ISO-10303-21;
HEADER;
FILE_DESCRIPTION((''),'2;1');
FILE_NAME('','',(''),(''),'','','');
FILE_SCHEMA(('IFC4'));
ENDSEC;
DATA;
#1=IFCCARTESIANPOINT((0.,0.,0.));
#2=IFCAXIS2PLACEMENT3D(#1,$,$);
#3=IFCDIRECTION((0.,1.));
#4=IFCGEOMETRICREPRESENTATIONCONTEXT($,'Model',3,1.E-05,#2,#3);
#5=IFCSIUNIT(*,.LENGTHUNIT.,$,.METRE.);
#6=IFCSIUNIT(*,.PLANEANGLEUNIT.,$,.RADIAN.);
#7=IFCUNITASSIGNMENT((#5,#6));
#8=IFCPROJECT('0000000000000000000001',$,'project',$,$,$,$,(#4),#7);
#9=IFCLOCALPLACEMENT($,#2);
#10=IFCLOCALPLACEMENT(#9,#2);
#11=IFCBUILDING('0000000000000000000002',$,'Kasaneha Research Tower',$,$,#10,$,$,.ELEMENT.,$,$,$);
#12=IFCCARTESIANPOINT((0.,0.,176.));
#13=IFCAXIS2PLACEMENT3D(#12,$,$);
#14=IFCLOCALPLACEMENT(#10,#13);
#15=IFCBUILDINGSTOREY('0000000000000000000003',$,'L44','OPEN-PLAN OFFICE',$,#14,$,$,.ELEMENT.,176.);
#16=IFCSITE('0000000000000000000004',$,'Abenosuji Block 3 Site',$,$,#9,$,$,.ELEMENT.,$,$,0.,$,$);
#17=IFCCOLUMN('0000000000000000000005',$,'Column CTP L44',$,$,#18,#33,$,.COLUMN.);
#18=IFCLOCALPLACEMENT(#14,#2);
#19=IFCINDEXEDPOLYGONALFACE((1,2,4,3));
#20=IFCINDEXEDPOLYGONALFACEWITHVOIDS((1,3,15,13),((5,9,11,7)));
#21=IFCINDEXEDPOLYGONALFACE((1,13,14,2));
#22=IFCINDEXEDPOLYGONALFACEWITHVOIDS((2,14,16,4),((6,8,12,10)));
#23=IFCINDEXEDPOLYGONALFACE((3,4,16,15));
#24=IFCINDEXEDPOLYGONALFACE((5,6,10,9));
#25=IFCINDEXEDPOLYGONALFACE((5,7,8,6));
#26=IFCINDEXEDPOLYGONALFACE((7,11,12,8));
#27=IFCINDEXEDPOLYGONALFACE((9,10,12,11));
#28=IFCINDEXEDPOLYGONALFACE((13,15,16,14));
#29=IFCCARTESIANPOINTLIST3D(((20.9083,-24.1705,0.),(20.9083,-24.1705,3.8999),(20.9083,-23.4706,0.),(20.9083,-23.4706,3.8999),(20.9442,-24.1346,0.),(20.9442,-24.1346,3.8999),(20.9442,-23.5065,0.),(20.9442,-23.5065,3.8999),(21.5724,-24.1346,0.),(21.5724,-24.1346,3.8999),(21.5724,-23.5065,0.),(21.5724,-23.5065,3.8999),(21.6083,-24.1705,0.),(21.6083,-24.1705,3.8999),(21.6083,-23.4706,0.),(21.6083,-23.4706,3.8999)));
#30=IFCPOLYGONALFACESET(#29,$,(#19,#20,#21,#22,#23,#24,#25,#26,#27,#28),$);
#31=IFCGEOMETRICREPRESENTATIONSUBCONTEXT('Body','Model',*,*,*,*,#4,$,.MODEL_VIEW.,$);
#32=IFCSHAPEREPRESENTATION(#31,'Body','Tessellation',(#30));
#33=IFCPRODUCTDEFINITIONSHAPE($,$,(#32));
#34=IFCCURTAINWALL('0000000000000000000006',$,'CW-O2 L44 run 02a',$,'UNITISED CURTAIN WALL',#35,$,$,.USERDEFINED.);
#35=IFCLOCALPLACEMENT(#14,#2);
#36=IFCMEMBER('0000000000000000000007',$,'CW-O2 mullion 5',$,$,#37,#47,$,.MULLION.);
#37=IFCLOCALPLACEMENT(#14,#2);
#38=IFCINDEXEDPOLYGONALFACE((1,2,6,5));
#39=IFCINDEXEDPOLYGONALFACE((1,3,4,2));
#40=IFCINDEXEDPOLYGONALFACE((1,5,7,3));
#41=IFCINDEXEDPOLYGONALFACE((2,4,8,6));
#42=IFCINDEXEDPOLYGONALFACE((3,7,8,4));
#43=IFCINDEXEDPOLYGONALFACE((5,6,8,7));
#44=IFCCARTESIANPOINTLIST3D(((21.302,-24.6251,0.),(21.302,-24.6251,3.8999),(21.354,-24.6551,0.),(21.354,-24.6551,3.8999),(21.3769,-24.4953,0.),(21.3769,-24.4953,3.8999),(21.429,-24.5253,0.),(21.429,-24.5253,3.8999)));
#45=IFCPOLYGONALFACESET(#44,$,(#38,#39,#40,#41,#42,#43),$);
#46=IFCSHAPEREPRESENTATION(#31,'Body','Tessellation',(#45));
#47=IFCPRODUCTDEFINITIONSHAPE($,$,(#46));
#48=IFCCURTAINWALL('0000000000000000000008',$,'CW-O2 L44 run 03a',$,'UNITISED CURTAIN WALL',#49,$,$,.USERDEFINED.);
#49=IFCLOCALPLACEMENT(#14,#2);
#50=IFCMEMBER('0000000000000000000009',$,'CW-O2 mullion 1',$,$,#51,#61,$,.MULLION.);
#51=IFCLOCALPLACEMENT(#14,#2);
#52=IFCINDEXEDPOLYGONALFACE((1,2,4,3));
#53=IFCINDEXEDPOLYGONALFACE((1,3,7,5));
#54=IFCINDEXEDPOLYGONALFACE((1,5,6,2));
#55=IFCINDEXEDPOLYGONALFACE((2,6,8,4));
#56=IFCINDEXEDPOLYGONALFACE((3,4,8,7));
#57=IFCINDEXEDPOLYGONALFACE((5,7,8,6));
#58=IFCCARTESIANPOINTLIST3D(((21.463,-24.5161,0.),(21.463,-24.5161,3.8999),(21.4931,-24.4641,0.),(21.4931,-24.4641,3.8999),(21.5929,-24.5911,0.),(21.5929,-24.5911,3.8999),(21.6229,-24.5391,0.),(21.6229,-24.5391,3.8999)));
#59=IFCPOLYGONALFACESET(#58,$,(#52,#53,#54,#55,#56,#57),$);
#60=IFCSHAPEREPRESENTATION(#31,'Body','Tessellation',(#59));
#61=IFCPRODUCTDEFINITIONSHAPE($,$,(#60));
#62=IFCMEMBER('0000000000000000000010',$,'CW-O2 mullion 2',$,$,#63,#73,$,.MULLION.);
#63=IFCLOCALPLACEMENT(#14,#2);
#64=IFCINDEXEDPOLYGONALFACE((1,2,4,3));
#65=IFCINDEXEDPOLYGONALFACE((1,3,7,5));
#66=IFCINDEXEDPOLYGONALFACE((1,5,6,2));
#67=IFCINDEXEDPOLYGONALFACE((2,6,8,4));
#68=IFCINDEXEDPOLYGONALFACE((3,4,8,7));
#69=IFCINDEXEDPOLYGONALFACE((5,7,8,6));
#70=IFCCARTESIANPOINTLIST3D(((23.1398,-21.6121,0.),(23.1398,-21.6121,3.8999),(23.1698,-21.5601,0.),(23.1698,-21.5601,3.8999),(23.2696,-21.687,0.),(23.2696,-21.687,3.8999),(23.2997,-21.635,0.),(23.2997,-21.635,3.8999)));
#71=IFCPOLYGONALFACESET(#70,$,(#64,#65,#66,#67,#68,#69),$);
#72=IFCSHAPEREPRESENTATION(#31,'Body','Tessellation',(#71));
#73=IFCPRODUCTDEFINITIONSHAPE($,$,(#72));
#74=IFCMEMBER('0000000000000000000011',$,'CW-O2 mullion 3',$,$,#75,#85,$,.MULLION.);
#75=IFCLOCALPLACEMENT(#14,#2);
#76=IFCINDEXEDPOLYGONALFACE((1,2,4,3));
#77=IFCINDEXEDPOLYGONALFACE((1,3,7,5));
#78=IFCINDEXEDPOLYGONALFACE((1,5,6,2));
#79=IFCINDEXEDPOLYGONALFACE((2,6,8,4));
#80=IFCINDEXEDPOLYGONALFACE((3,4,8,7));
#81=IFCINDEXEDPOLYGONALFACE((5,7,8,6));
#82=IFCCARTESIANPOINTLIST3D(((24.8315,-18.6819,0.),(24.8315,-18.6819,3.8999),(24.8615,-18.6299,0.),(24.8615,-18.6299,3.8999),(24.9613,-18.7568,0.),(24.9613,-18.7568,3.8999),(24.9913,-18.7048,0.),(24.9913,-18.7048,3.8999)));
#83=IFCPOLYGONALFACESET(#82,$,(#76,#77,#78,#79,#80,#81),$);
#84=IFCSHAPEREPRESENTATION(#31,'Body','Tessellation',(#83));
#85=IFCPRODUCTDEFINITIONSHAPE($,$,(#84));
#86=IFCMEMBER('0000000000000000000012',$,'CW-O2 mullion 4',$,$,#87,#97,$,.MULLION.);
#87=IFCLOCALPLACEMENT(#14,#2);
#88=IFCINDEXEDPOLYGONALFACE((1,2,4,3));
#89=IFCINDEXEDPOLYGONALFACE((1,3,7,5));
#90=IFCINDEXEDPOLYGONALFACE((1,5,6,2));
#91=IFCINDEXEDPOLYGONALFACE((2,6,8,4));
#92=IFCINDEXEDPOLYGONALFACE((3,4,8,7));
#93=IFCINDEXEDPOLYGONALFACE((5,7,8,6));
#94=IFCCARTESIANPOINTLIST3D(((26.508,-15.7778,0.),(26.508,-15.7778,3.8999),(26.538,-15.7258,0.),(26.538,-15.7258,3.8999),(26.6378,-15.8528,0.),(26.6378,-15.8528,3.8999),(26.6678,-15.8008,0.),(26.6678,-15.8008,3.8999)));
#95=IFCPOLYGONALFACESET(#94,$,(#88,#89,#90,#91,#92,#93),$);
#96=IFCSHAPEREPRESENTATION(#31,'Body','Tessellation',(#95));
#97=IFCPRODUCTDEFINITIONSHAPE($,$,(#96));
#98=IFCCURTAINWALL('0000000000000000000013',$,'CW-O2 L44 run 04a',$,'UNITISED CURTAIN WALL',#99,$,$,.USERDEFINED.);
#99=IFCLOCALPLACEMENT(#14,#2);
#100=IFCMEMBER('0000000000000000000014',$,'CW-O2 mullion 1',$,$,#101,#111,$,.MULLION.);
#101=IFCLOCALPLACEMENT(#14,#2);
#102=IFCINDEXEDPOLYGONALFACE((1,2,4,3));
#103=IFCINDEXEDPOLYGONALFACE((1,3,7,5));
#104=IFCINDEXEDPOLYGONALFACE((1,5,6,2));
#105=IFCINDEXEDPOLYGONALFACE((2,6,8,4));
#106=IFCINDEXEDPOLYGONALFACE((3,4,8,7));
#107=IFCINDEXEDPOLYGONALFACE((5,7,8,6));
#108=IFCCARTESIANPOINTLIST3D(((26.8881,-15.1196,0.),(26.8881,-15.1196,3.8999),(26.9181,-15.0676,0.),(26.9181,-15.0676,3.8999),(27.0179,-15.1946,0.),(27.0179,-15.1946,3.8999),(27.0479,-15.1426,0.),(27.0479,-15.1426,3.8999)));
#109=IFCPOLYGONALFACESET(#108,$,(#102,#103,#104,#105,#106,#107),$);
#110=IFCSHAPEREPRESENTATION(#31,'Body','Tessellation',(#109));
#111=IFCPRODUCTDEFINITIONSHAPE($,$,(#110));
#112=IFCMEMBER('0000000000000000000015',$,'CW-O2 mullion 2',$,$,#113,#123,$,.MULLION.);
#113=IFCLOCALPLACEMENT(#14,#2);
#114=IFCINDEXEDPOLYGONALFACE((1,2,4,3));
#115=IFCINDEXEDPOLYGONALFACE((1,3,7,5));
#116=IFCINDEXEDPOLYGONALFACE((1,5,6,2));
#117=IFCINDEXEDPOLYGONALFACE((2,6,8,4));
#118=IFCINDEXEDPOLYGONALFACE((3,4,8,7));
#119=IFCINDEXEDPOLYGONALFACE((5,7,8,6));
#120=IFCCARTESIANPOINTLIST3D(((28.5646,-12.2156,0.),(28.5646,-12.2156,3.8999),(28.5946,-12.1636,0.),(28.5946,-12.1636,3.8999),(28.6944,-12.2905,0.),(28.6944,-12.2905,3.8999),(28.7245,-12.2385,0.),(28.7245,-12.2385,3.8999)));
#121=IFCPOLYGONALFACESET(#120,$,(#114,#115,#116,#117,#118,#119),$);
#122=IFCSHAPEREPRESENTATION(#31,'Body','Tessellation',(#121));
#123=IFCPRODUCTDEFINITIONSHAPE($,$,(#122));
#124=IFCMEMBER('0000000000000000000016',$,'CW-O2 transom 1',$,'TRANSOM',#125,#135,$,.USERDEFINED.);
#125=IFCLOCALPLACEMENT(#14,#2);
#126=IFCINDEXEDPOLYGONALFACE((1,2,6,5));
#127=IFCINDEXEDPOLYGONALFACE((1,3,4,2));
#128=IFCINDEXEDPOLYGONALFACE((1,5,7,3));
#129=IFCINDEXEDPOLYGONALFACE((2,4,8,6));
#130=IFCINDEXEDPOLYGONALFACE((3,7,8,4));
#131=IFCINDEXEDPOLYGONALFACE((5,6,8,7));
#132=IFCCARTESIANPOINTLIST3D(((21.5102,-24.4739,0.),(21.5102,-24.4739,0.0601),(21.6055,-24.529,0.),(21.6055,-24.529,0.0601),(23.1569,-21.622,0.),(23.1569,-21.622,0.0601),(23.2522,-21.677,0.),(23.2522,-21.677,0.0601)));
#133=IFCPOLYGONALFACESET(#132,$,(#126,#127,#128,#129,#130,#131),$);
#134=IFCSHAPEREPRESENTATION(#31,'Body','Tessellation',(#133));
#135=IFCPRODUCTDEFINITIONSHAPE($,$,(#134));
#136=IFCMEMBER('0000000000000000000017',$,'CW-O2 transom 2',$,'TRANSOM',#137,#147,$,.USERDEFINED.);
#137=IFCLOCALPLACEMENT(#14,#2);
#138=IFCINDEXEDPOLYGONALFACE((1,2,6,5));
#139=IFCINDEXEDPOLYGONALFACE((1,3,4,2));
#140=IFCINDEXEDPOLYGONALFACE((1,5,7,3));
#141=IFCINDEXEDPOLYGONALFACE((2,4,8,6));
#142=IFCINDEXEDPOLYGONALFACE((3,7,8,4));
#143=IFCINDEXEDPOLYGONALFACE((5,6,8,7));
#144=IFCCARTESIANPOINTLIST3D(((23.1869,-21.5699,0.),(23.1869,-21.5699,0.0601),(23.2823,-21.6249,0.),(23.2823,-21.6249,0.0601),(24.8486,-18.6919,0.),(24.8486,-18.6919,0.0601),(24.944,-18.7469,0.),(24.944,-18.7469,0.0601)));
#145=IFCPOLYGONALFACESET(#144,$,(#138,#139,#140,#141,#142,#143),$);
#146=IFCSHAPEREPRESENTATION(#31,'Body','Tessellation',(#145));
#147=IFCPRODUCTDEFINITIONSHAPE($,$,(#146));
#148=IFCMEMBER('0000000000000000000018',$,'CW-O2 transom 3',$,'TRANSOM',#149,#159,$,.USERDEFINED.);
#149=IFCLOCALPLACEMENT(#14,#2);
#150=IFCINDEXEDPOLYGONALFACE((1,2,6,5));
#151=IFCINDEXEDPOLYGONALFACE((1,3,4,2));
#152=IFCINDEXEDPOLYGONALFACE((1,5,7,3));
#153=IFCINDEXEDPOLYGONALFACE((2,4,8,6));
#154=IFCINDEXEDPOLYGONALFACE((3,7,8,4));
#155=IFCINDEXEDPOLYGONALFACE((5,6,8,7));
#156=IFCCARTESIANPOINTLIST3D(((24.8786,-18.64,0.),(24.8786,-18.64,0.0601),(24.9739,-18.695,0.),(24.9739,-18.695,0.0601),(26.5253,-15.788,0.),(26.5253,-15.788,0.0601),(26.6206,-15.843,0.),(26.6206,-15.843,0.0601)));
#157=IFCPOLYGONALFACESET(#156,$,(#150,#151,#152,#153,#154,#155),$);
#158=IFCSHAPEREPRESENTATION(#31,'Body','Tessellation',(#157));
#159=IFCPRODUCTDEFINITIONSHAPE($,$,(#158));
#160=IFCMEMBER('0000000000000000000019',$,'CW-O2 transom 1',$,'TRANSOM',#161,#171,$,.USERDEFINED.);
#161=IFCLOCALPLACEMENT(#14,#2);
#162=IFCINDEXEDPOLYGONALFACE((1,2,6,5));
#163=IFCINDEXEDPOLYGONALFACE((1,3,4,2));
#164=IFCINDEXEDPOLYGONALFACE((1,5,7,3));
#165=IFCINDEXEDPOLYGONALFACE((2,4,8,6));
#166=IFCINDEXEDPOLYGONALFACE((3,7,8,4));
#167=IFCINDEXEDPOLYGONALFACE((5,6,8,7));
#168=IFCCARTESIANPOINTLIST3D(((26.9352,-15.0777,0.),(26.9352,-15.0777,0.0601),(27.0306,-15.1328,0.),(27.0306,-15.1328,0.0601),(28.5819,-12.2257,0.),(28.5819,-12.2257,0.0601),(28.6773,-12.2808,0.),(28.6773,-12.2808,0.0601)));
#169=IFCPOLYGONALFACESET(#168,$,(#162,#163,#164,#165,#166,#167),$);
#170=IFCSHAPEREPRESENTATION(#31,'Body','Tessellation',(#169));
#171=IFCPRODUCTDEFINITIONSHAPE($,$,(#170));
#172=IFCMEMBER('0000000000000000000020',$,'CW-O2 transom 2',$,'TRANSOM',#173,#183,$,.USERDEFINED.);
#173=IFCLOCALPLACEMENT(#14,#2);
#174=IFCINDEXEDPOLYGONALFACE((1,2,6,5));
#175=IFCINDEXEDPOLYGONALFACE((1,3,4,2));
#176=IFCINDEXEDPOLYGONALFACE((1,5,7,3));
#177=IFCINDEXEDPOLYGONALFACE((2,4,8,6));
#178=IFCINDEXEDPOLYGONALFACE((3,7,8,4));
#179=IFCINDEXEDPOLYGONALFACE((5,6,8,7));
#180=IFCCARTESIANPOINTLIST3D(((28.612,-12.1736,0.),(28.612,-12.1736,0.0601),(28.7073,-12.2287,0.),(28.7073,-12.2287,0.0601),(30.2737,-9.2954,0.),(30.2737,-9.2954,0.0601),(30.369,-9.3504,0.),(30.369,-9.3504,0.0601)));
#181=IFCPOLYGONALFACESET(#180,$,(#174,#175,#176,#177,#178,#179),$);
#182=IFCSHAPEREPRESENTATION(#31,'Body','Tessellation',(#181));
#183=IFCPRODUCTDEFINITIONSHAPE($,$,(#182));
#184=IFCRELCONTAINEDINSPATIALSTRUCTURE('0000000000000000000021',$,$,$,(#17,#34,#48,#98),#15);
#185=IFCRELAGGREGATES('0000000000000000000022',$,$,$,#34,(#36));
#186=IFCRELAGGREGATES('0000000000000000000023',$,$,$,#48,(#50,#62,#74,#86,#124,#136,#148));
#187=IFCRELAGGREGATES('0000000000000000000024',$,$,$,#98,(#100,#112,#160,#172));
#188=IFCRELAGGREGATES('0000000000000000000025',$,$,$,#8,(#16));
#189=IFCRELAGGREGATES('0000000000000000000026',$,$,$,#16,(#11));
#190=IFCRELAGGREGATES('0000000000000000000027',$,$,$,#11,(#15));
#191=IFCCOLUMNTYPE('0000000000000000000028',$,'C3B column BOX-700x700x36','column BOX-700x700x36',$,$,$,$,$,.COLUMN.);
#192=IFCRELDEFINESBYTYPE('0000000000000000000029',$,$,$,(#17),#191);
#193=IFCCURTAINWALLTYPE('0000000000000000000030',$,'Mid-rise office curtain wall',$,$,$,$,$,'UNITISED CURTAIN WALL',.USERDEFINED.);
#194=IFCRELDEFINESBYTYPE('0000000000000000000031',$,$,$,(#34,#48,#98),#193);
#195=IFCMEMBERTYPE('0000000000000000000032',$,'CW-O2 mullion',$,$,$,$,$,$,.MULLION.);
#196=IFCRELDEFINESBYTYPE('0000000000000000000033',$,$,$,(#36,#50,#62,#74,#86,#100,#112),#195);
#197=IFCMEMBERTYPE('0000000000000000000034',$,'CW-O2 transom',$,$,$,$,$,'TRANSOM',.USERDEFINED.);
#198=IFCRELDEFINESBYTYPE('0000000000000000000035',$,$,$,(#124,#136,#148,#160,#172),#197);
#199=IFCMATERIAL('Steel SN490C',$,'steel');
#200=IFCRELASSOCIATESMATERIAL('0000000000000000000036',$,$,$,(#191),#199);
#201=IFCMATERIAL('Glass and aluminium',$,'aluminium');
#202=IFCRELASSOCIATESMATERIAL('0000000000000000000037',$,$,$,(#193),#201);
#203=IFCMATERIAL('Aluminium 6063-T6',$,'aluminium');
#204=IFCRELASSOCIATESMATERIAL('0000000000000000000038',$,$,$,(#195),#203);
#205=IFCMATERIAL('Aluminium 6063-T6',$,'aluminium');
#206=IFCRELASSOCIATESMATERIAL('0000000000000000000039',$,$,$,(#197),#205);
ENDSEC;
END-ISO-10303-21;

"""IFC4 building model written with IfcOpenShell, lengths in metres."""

from ifc_helpers import new_model, si_unit, direction, frame, origin, origin_2d, place, context, subcontext, project, spatial, rectangle, hollow_rectangle, extrude, material, material_profile, profile_set, type_object, element, aggregate, save


model = new_model("IFC4")

# Units and contexts
model_context = context("Model", 3, precision=1e-05, world=origin(), true_north=direction((0.0, 1.0)))
body_context = subcontext(model_context, "Body", "Model", "MODEL_VIEW")
ifc_project = project(units=[si_unit("LENGTHUNIT", "METRE"), si_unit("PLANEANGLEUNIT", "RADIAN")], contexts=[model_context])

# Site, building, storey
site_placement = place(None, origin())
site = spatial("IfcSite", under=ifc_project, at=site_placement, Name="Abenosuji Block 3 Site", CompositionType="ELEMENT", RefElevation=0.0)
building_placement = place(site_placement, origin())
building = spatial("IfcBuilding", under=site, at=building_placement, Name="Kasaneha Research Tower", CompositionType="ELEMENT")
storey_placement = place(building_placement, frame((0.0, 0.0, 176.0)))
storey = spatial("IfcBuildingStorey", under=building, at=storey_placement, Name="L44", Description="OPEN-PLAN OFFICE", CompositionType="ELEMENT", Elevation=176.0)

# Column
ifc_material_1 = material(Name="Steel SN490C", Category="steel")
ifc_material_profile_1 = material_profile(ifc_material_1, hollow_rectangle(XDim=0.7, YDim=0.7, WallThickness=0.0359, at=origin_2d()), Name="BOX-700x700x36")
ifc_profile_set_1 = profile_set([ifc_material_profile_1], Name="Steel SN490C")
column_type = type_object("IfcColumnType", Name="C3B column BOX-700x700x36", Description="column BOX-700x700x36", PredefinedType="COLUMN", material=ifc_profile_set_1)
column_placement = place(storey_placement, frame((21.2583, -23.8206, 0.0), z_axis=(0.0, 0.0, 1.0), x_axis=(1.0, 0.0, 0.0)))
element("IfcColumn", 1, at=column_placement, inside=storey, type_object=column_type, Name="Column CTP L44", PredefinedType="COLUMN", context=body_context, shape_type="SweptSolid", body=[
    extrude(hollow_rectangle(XDim=0.7, YDim=0.7, WallThickness=0.0359, at=origin_2d()), origin(), (0.0, 0.0, 1.0), 3.8999),
])

# Curtain wall, member
ifc_material_2 = material(Name="Glass and aluminium", Category="aluminium")
curtain_wall_type = type_object("IfcCurtainWallType", Name="Mid-rise office curtain wall", ElementType="UNITISED CURTAIN WALL", PredefinedType="USERDEFINED", material=ifc_material_2)
curtain_wall_1_placement = place(storey_placement, origin())
curtain_wall_1 = element("IfcCurtainWall", 2, at=curtain_wall_1_placement, inside=storey, type_object=curtain_wall_type, Name="CW-O2 L44 run 02a", ObjectType="UNITISED CURTAIN WALL", PredefinedType="USERDEFINED")
ifc_material_3 = material(Name="Aluminium 6063-T6", Category="aluminium")
ifc_material_profile_2 = material_profile(ifc_material_3, rectangle(XDim=0.0601, YDim=0.1499, at=origin_2d()), Name="CW-O2 mullion 60x150")
ifc_profile_set_2 = profile_set([ifc_material_profile_2], Name="Aluminium 6063-T6")
member_type_1 = type_object("IfcMemberType", Name="CW-O2 mullion", PredefinedType="MULLION", material=ifc_profile_set_2)
member_1_placement = place(storey_placement, frame((21.3655, -24.5752, 0.0), z_axis=(0.0, 0.0, 1.0), x_axis=(0.866025, -0.5, 0.0)))
member_1 = element("IfcMember", 3, at=member_1_placement, type_object=member_type_1, Name="CW-O2 mullion 5", PredefinedType="MULLION", context=body_context, shape_type="SweptSolid", body=[
    extrude(rectangle(XDim=0.0601, YDim=0.1499, at=origin_2d()), origin(), (0.0, 0.0, 1.0), 3.8999),
])
aggregate(curtain_wall_1, [member_1])

# Curtain walls, members
curtain_wall_2_placement = place(storey_placement, origin())
curtain_wall_2 = element("IfcCurtainWall", 4, at=curtain_wall_2_placement, inside=storey, type_object=curtain_wall_type, Name="CW-O2 L44 run 03a", ObjectType="UNITISED CURTAIN WALL", PredefinedType="USERDEFINED")
member_2_placement = place(storey_placement, frame((21.543, -24.5276, 0.0), z_axis=(0.0, 0.0, 1.0), x_axis=(0.5, 0.866025, 0.0)))
member_2 = element("IfcMember", 5, at=member_2_placement, type_object=member_type_1, Name="CW-O2 mullion 1", PredefinedType="MULLION", context=body_context, shape_type="SweptSolid", body=[
    extrude(rectangle(XDim=0.0601, YDim=0.1499, at=origin_2d()), origin(), (0.0, 0.0, 1.0), 3.8999),
])
member_3_placement = place(storey_placement, frame((23.2197, -21.6235, 0.0), z_axis=(0.0, 0.0, 1.0), x_axis=(0.5, 0.866025, 0.0)))
member_3 = element("IfcMember", 6, at=member_3_placement, type_object=member_type_1, Name="CW-O2 mullion 2", PredefinedType="MULLION", context=body_context, shape_type="SweptSolid", body=[
    extrude(rectangle(XDim=0.0601, YDim=0.1499, at=origin_2d()), origin(), (0.0, 0.0, 1.0), 3.8999),
])
member_4_placement = place(storey_placement, frame((24.9114, -18.6934, 0.0), z_axis=(0.0, 0.0, 1.0), x_axis=(0.5, 0.866025, 0.0)))
member_4 = element("IfcMember", 7, at=member_4_placement, type_object=member_type_1, Name="CW-O2 mullion 3", PredefinedType="MULLION", context=body_context, shape_type="SweptSolid", body=[
    extrude(rectangle(XDim=0.0601, YDim=0.1499, at=origin_2d()), origin(), (0.0, 0.0, 1.0), 3.8999),
])
member_5_placement = place(storey_placement, frame((26.5879, -15.7893, 0.0), z_axis=(0.0, 0.0, 1.0), x_axis=(0.5, 0.866025, 0.0)))
member_5 = element("IfcMember", 8, at=member_5_placement, type_object=member_type_1, Name="CW-O2 mullion 4", PredefinedType="MULLION", context=body_context, shape_type="SweptSolid", body=[
    extrude(rectangle(XDim=0.0601, YDim=0.1499, at=origin_2d()), origin(), (0.0, 0.0, 1.0), 3.8999),
])
curtain_wall_3_placement = place(storey_placement, origin())
curtain_wall_3 = element("IfcCurtainWall", 9, at=curtain_wall_3_placement, inside=storey, type_object=curtain_wall_type, Name="CW-O2 L44 run 04a", ObjectType="UNITISED CURTAIN WALL", PredefinedType="USERDEFINED")
member_6_placement = place(storey_placement, frame((26.968, -15.1311, 0.0), z_axis=(0.0, 0.0, 1.0), x_axis=(0.5, 0.866025, 0.0)))
member_6 = element("IfcMember", 10, at=member_6_placement, type_object=member_type_1, Name="CW-O2 mullion 1", PredefinedType="MULLION", context=body_context, shape_type="SweptSolid", body=[
    extrude(rectangle(XDim=0.0601, YDim=0.1499, at=origin_2d()), origin(), (0.0, 0.0, 1.0), 3.8999),
])
member_7_placement = place(storey_placement, frame((28.6445, -12.2271, 0.0), z_axis=(0.0, 0.0, 1.0), x_axis=(0.5, 0.866025, 0.0)))
member_7 = element("IfcMember", 11, at=member_7_placement, type_object=member_type_1, Name="CW-O2 mullion 2", PredefinedType="MULLION", context=body_context, shape_type="SweptSolid", body=[
    extrude(rectangle(XDim=0.0601, YDim=0.1499, at=origin_2d()), origin(), (0.0, 0.0, 1.0), 3.8999),
])

# Members
ifc_material_4 = material(Name="Aluminium 6063-T6", Category="aluminium")
ifc_material_profile_3 = material_profile(ifc_material_4, rectangle(XDim=0.1101, YDim=0.0601, at=origin_2d()), Name="CW-O2 transom 110x60")
ifc_profile_set_3 = profile_set([ifc_material_profile_3], Name="Aluminium 6063-T6")
member_type_2 = type_object("IfcMemberType", Name="CW-O2 transom", ElementType="TRANSOM", PredefinedType="USERDEFINED", material=ifc_profile_set_3)
member_8_placement = place(storey_placement, frame((21.5579, -24.5015, 0.03), z_axis=(0.500022, 0.866013, 0.0), x_axis=(-0.866013, 0.500022, 0.0)))
member_8 = element("IfcMember", 12, at=member_8_placement, type_object=member_type_2, Name="CW-O2 transom 1", ObjectType="TRANSOM", PredefinedType="USERDEFINED", context=body_context, shape_type="SweptSolid", body=[
    extrude(rectangle(XDim=0.1101, YDim=0.0601, at=origin_2d()), origin(), (0.0, 0.0, 1.0), 3.2932),
])
member_9_placement = place(storey_placement, frame((23.2346, -21.5974, 0.03), z_axis=(0.500011, 0.866019, 0.0), x_axis=(-0.866019, 0.500011, 0.0)))
member_9 = element("IfcMember", 13, at=member_9_placement, type_object=member_type_2, Name="CW-O2 transom 2", ObjectType="TRANSOM", PredefinedType="USERDEFINED", context=body_context, shape_type="SweptSolid", body=[
    extrude(rectangle(XDim=0.1101, YDim=0.0601, at=origin_2d()), origin(), (0.0, 0.0, 1.0), 3.3232),
])
member_10_placement = place(storey_placement, frame((24.9263, -18.6675, 0.03), z_axis=(0.500022, 0.866013, 0.0), x_axis=(-0.866013, 0.500022, 0.0)))
member_10 = element("IfcMember", 14, at=member_10_placement, type_object=member_type_2, Name="CW-O2 transom 3", ObjectType="TRANSOM", PredefinedType="USERDEFINED", context=body_context, shape_type="SweptSolid", body=[
    extrude(rectangle(XDim=0.1101, YDim=0.0601, at=origin_2d()), origin(), (0.0, 0.0, 1.0), 3.2932),
])
member_11_placement = place(storey_placement, frame((26.9829, -15.1052, 0.03), z_axis=(0.500022, 0.866013, 0.0), x_axis=(-0.866013, 0.500022, 0.0)))
member_11 = element("IfcMember", 15, at=member_11_placement, type_object=member_type_2, Name="CW-O2 transom 1", ObjectType="TRANSOM", PredefinedType="USERDEFINED", context=body_context, shape_type="SweptSolid", body=[
    extrude(rectangle(XDim=0.1101, YDim=0.0601, at=origin_2d()), origin(), (0.0, 0.0, 1.0), 3.2932),
])
member_12_placement = place(storey_placement, frame((28.6597, -12.2012, 0.03), z_axis=(0.499979, 0.866038, 0.0), x_axis=(-0.866038, 0.499979, 0.0)))
member_12 = element("IfcMember", 16, at=member_12_placement, type_object=member_type_2, Name="CW-O2 transom 2", ObjectType="TRANSOM", PredefinedType="USERDEFINED", context=body_context, shape_type="SweptSolid", body=[
    extrude(rectangle(XDim=0.1101, YDim=0.0601, at=origin_2d()), origin(), (0.0, 0.0, 1.0), 3.3235),
])

aggregate(curtain_wall_2, [member_2, member_3, member_4, member_5, member_8, member_9, member_10])
aggregate(curtain_wall_3, [member_6, member_7, member_11, member_12])

save(model, "model.ifc")
